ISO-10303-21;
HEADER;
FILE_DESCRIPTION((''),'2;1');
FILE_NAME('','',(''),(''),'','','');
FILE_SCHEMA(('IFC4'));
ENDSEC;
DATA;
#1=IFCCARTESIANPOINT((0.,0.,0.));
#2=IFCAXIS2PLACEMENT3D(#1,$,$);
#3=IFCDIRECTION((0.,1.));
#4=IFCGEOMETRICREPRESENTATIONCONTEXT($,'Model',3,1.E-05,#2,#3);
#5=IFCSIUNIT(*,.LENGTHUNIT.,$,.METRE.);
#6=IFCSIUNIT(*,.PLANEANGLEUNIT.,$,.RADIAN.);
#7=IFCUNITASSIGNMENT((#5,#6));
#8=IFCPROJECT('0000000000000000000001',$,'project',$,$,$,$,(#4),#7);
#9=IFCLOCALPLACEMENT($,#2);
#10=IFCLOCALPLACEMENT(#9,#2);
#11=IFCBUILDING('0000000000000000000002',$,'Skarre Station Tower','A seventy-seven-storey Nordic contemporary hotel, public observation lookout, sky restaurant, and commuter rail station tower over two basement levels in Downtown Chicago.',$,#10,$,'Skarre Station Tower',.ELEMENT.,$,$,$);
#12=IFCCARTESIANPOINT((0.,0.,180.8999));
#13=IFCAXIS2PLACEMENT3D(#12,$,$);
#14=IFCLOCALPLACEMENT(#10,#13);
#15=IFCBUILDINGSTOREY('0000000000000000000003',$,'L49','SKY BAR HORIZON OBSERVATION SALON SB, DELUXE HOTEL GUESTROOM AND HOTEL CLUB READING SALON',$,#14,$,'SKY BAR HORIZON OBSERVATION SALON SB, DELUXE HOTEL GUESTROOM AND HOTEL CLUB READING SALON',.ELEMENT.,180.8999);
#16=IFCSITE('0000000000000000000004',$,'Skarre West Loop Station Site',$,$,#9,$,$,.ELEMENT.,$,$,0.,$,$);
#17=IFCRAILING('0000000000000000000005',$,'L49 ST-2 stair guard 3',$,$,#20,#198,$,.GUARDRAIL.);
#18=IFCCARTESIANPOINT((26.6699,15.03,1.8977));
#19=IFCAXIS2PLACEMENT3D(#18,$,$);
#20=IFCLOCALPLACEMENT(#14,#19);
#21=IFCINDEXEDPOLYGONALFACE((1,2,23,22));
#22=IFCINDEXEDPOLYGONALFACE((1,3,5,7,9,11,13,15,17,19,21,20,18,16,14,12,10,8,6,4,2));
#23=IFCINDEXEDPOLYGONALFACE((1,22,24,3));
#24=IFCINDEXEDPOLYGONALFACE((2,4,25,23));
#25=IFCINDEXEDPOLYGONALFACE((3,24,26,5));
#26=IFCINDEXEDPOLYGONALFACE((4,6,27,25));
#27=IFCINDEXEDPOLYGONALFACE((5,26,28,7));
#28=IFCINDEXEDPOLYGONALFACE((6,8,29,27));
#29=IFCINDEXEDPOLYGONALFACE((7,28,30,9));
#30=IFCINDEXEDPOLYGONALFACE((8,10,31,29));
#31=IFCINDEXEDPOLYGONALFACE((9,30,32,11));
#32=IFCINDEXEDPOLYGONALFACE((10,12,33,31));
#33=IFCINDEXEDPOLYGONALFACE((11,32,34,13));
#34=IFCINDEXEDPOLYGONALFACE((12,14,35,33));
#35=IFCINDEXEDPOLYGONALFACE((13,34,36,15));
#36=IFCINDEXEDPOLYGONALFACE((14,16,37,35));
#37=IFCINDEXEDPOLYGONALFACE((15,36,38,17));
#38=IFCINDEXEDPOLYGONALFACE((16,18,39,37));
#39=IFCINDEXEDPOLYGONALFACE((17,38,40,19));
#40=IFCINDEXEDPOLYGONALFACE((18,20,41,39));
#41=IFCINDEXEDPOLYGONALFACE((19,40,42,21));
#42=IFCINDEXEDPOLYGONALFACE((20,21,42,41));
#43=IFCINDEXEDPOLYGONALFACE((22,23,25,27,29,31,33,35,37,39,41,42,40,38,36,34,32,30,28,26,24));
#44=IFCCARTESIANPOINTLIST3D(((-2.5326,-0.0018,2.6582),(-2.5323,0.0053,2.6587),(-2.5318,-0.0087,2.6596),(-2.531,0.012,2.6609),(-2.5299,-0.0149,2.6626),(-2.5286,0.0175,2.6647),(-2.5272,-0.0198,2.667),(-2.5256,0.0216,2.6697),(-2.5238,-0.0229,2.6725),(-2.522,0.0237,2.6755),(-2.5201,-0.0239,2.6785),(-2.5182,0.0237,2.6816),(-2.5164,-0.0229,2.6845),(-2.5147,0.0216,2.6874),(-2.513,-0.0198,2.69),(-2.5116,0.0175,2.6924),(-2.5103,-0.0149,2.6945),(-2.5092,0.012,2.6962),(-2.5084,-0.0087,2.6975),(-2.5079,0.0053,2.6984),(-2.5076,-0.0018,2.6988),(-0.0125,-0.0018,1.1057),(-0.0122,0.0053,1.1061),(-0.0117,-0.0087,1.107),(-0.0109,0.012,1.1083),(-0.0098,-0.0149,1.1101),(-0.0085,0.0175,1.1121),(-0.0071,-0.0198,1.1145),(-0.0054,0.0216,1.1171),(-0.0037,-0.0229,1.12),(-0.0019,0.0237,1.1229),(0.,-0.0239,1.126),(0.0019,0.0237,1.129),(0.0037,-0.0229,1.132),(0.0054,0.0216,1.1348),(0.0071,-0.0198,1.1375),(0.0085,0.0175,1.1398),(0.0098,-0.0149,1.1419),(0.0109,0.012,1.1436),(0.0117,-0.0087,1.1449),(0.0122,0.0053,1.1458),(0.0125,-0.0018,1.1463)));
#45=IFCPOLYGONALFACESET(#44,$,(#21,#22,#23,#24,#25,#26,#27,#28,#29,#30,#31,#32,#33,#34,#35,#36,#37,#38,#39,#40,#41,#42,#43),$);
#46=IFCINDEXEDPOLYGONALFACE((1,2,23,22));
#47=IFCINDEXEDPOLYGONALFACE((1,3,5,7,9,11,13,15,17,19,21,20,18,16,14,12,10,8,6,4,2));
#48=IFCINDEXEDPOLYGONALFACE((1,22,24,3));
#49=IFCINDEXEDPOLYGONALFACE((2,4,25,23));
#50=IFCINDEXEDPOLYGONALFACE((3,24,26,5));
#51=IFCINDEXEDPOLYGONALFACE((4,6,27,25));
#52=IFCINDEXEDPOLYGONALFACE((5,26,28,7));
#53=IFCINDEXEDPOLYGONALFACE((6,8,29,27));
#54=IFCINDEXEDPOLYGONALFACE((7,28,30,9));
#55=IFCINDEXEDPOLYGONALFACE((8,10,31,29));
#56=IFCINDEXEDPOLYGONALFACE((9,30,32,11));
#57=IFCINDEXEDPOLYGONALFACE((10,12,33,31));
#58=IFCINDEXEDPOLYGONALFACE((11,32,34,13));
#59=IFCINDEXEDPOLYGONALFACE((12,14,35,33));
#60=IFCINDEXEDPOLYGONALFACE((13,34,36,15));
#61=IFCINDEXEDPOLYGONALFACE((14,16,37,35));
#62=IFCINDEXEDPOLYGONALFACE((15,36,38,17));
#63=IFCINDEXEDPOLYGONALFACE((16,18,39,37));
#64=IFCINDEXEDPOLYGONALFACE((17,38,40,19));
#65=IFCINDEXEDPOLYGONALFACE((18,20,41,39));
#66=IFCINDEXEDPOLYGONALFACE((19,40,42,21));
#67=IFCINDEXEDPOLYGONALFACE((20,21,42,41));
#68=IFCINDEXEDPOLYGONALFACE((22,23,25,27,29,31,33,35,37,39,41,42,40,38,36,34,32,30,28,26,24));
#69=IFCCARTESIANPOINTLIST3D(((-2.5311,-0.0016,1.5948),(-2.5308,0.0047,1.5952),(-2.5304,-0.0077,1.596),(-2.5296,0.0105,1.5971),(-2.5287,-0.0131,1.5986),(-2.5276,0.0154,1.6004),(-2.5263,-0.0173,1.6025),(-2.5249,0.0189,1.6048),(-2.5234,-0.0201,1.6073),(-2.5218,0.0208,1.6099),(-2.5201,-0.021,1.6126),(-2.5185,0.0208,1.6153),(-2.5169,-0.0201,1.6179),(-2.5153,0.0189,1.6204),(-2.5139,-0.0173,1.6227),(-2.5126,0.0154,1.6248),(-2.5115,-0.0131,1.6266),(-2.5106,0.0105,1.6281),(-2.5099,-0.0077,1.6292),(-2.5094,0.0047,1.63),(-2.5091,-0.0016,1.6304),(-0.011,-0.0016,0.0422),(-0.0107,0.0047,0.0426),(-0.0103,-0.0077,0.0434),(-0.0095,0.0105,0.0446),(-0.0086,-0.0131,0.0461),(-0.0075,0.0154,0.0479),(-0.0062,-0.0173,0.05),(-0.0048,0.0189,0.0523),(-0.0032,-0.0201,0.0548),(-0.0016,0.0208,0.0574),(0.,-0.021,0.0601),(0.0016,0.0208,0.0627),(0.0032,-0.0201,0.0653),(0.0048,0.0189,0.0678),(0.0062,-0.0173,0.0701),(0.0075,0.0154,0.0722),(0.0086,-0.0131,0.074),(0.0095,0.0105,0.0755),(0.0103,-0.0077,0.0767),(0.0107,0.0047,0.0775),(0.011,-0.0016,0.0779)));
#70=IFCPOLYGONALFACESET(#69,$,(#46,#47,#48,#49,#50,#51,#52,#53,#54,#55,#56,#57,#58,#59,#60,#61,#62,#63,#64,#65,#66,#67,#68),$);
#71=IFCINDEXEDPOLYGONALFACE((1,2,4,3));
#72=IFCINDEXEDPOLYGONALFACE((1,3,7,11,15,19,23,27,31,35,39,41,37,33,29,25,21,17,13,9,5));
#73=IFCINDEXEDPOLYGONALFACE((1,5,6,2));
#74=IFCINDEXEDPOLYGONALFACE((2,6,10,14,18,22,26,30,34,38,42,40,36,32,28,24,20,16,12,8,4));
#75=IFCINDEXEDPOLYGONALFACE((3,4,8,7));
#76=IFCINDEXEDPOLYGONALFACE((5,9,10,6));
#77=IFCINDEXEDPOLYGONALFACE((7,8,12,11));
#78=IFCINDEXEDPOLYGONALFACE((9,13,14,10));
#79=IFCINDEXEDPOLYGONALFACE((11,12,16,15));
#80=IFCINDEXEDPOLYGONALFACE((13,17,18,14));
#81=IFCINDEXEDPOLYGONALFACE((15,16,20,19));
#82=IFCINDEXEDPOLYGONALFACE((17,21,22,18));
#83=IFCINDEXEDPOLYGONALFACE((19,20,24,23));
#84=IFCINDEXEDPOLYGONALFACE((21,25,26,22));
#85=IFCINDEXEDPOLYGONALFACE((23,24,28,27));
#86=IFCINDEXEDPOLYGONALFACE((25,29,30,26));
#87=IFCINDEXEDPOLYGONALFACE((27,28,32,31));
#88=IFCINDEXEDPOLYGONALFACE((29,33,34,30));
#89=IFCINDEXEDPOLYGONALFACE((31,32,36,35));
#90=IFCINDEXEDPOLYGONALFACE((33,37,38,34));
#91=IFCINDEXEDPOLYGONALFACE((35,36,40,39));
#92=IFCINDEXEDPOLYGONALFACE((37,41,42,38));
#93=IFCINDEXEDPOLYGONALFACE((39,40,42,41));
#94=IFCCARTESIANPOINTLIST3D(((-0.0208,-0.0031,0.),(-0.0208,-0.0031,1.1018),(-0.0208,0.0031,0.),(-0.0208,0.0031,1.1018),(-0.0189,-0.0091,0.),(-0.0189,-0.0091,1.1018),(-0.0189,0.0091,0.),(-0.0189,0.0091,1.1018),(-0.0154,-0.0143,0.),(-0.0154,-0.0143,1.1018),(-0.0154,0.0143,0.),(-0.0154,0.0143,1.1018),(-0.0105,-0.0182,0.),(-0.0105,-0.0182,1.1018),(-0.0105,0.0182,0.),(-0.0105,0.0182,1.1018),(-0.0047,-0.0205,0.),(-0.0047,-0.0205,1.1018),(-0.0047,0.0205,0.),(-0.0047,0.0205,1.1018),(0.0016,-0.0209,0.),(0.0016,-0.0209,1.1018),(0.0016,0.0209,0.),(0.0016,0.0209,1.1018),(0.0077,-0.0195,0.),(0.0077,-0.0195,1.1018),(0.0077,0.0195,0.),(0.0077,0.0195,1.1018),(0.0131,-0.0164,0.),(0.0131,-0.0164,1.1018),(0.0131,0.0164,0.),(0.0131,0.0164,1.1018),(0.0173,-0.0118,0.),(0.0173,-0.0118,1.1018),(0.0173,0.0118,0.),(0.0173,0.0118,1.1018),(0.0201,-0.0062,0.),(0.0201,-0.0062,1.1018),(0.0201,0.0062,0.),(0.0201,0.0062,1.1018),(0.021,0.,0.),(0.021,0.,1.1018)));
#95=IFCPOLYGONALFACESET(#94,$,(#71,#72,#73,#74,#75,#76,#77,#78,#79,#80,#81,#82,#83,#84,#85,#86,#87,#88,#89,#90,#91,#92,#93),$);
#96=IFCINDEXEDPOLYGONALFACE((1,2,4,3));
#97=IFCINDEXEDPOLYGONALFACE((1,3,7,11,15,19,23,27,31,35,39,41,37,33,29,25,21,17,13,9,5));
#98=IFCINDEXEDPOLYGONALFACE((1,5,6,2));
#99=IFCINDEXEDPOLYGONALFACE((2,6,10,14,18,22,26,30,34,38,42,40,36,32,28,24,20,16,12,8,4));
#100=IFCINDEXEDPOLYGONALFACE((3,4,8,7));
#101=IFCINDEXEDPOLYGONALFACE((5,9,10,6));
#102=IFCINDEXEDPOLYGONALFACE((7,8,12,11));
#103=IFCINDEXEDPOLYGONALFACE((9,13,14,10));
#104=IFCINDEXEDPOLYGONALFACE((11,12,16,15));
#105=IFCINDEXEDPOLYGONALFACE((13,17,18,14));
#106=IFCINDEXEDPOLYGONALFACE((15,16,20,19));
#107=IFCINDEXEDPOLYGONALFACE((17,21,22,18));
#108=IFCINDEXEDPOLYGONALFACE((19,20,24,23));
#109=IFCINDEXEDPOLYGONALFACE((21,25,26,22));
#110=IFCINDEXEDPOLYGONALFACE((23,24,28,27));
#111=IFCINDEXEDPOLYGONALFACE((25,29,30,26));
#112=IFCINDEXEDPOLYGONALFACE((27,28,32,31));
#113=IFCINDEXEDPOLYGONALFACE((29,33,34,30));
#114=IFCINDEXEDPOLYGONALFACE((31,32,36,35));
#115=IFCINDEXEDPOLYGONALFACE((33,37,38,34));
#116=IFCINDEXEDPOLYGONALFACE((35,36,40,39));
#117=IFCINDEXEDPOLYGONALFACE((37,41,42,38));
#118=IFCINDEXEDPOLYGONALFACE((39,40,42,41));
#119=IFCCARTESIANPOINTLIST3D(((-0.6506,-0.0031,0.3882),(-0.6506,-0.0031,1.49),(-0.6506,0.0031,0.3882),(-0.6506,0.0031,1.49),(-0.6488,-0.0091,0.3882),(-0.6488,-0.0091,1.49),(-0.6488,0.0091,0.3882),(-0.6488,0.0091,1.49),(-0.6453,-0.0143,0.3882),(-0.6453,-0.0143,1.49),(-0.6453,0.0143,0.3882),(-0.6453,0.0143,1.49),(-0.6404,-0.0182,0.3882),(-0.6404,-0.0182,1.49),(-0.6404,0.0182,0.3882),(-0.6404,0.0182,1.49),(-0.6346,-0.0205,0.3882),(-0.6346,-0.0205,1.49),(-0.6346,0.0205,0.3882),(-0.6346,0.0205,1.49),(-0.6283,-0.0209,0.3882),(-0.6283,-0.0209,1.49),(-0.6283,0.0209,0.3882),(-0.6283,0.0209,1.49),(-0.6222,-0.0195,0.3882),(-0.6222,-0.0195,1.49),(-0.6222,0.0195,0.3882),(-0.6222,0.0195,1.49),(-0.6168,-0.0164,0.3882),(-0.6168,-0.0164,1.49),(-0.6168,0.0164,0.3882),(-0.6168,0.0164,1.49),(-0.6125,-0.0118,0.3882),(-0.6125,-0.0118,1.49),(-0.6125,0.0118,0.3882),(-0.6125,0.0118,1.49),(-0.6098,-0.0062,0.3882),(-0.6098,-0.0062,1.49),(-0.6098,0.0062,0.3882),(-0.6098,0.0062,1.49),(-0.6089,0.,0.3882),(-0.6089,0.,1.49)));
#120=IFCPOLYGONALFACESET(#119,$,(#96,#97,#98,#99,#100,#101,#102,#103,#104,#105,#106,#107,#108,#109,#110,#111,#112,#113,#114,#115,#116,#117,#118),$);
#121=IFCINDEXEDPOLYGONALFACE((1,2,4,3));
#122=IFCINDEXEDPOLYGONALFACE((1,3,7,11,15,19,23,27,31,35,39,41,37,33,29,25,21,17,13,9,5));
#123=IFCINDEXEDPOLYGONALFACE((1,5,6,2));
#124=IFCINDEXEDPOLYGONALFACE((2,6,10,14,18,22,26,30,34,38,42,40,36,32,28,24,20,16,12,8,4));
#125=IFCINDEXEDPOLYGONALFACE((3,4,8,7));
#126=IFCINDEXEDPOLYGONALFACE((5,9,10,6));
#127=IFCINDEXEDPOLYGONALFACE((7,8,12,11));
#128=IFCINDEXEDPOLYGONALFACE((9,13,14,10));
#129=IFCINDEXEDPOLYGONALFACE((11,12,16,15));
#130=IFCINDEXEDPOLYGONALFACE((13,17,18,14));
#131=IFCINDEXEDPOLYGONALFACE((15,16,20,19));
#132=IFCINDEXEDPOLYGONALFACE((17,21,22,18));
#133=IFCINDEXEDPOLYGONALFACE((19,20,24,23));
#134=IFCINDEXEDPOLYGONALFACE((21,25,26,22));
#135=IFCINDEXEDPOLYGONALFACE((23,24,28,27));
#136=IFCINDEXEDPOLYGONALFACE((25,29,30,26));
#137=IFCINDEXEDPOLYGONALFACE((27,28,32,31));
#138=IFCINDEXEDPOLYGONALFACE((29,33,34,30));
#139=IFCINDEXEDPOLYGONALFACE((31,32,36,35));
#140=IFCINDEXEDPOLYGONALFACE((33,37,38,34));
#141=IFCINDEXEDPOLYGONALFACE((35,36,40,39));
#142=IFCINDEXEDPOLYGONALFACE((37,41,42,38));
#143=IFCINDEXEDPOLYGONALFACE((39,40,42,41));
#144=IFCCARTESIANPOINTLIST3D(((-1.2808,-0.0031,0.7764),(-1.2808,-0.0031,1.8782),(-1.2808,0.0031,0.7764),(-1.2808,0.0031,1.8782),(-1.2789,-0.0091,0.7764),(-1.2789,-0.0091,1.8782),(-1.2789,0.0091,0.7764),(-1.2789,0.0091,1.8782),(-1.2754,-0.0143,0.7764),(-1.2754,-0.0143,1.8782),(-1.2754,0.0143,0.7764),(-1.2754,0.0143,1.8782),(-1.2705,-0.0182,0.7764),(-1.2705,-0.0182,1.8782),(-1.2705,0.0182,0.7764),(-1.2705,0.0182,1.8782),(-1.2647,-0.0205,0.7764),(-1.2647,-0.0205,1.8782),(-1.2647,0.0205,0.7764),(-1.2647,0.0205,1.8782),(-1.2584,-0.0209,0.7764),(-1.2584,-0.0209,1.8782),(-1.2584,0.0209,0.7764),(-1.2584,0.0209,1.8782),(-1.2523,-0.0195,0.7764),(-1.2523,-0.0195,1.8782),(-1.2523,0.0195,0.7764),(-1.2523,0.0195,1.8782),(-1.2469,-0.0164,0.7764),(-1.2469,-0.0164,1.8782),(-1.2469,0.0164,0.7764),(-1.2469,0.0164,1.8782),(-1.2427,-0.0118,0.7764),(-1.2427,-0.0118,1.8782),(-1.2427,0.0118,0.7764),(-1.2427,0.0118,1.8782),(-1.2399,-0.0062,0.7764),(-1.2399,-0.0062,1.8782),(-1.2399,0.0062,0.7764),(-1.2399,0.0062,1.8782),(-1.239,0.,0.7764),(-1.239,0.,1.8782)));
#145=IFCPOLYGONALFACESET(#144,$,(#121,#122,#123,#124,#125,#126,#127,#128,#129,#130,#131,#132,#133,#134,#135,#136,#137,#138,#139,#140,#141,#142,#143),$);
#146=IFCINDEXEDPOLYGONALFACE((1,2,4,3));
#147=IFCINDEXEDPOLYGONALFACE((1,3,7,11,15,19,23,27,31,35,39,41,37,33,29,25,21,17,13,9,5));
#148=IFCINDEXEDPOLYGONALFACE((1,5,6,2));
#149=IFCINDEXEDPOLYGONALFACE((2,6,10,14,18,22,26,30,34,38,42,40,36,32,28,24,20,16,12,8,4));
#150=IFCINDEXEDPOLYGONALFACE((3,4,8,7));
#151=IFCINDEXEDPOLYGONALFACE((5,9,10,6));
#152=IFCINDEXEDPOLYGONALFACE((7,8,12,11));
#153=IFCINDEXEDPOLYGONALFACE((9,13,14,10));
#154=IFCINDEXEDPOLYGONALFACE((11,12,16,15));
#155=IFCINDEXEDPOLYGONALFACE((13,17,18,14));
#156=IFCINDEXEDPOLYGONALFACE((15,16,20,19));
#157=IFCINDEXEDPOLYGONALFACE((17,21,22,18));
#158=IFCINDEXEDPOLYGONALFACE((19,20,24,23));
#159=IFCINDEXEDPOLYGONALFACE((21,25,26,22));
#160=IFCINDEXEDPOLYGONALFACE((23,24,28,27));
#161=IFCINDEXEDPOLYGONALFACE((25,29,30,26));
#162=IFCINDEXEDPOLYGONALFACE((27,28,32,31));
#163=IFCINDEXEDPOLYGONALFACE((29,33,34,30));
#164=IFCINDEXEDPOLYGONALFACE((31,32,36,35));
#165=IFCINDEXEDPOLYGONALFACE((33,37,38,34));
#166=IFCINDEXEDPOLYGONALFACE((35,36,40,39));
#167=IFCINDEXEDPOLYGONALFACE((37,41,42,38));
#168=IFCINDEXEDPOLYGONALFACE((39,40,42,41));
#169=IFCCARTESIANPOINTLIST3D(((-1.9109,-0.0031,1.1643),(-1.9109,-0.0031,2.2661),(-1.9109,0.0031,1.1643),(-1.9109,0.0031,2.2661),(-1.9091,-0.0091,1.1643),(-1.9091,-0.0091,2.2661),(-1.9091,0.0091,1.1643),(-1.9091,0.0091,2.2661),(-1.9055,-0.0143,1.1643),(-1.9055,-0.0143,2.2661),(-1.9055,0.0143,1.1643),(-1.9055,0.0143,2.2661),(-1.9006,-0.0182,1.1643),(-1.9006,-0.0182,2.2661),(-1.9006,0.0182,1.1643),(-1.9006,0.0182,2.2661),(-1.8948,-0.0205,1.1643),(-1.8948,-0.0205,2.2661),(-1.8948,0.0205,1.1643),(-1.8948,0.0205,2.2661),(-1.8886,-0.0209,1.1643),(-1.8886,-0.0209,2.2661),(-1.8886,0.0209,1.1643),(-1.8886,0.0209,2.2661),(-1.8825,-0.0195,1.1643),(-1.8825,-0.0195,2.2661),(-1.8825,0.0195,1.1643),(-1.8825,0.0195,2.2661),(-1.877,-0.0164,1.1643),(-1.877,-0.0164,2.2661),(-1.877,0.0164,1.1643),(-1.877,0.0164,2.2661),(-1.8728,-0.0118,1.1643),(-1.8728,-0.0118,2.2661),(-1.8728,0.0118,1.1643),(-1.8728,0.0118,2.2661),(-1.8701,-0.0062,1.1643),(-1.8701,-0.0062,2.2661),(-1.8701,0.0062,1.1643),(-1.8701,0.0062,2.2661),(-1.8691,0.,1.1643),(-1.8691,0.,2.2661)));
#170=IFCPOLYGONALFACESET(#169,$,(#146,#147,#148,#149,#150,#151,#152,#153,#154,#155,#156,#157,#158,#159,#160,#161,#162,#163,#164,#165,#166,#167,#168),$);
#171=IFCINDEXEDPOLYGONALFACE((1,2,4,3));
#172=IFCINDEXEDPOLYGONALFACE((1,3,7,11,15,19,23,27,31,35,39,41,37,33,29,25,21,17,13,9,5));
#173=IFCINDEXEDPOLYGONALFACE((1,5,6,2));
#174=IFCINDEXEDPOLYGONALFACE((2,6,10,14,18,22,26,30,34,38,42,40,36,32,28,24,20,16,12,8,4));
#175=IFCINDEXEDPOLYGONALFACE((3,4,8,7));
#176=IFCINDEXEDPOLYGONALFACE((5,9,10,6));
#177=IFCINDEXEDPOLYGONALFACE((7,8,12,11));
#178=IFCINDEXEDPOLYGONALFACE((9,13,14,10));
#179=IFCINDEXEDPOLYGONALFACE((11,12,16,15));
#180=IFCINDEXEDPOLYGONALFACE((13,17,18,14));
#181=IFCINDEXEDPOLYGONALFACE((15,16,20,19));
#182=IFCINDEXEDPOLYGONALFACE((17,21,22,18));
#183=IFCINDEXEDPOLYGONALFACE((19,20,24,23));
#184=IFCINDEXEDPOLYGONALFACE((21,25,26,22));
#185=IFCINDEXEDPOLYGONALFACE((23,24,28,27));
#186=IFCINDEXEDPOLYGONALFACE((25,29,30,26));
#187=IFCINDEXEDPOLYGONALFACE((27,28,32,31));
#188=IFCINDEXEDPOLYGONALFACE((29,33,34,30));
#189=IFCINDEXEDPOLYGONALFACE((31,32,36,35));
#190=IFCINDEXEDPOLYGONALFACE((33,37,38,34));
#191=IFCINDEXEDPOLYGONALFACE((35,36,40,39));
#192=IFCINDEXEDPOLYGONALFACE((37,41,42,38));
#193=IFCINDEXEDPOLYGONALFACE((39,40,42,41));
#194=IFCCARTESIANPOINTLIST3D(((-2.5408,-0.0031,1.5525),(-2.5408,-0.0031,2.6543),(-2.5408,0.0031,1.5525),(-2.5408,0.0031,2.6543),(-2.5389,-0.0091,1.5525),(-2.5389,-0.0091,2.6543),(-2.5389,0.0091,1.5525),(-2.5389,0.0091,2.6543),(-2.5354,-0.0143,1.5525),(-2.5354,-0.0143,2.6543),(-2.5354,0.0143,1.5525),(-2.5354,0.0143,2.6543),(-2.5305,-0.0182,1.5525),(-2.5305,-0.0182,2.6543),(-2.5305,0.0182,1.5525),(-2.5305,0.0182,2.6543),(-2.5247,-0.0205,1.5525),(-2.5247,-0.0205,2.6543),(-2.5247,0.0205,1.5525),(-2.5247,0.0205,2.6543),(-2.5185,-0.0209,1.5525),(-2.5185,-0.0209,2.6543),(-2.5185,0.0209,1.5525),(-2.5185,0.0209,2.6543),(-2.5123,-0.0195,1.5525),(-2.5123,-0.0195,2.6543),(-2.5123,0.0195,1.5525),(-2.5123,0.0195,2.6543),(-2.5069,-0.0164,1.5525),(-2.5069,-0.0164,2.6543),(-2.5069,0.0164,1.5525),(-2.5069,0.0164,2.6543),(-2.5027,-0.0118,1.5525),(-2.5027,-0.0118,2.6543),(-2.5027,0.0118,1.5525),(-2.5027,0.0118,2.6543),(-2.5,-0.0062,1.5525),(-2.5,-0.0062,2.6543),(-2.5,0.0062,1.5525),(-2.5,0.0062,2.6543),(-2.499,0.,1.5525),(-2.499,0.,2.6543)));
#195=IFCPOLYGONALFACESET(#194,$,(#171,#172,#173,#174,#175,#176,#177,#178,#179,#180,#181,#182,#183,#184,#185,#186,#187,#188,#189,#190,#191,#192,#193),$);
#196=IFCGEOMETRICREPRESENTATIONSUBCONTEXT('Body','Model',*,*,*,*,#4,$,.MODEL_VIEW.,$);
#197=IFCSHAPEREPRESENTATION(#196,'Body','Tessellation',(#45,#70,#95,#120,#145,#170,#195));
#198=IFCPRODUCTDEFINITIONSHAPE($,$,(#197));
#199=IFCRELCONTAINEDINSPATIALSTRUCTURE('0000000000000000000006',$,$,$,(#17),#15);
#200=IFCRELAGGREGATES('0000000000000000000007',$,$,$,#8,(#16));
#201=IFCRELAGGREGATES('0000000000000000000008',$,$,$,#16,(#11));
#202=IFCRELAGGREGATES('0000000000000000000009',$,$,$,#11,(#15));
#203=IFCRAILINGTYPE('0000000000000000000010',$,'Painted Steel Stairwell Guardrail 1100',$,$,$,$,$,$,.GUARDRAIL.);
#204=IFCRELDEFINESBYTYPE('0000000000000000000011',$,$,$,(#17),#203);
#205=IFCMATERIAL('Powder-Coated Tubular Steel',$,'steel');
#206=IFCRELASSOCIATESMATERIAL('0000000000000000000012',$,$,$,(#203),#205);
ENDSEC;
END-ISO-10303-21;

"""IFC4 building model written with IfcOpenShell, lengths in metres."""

from ifc_helpers import new_model, si_unit, direction, frame, origin, origin_2d, place, context, subcontext, project, spatial, circle, extrude, material, type_object, element, save


model = new_model("IFC4")

# Units and contexts
model_context = context("Model", 3, precision=1e-05, world=origin(), true_north=direction((0.0, 1.0)))
body_context = subcontext(model_context, "Body", "Model", "MODEL_VIEW")
ifc_project = project(units=[si_unit("LENGTHUNIT", "METRE"), si_unit("PLANEANGLEUNIT", "RADIAN")], contexts=[model_context])

# Site, building, storey
site_placement = place(None, origin())
site = spatial("IfcSite", under=ifc_project, at=site_placement, Name="Skarre West Loop Station Site", CompositionType="ELEMENT", RefElevation=0.0)
building_placement = place(site_placement, origin())
building = spatial("IfcBuilding", under=site, at=building_placement, Name="Skarre Station Tower", Description="A seventy-seven-storey Nordic contemporary hotel, public observation lookout, sky restaurant, and commuter rail station tower over two basement levels in Downtown Chicago.", LongName="Skarre Station Tower", CompositionType="ELEMENT")
storey_placement = place(building_placement, frame((0.0, 0.0, 180.8999)))
storey = spatial("IfcBuildingStorey", under=building, at=storey_placement, Name="L49", Description="SKY BAR HORIZON OBSERVATION SALON SB, DELUXE HOTEL GUESTROOM AND HOTEL CLUB READING SALON", LongName="SKY BAR HORIZON OBSERVATION SALON SB, DELUXE HOTEL GUESTROOM AND HOTEL CLUB READING SALON", CompositionType="ELEMENT", Elevation=180.8999)

# Railing
ifc_material_1 = material(Name="Powder-Coated Tubular Steel", Category="steel")
railing_type_1 = type_object("IfcRailingType", Name="Painted Steel Stairwell Guardrail 1100", PredefinedType="GUARDRAIL", material=ifc_material_1)
railing_1_placement = place(storey_placement, frame((26.6699, 15.03, 1.8977)))
element("IfcRailing", 1, at=railing_1_placement, inside=storey, type_object=railing_type_1, Name="L49 ST-2 stair guard 3", PredefinedType="GUARDRAIL", context=body_context, shape_type="SweptSolid", body=[
    extrude(circle(Radius=0.0239, at=origin_2d()), frame((0.0, 0.0, 1.126), z_axis=(-0.8514, 0.0, 0.524516), x_axis=(0.0, -1.0, 0.0)), (0.0, 0.0, 1.0), 2.96),
    extrude(circle(Radius=0.021, at=origin_2d()), frame((0.0, 0.0, 0.0601), z_axis=(-0.8514, 0.0, 0.524516), x_axis=(0.0, -1.0, 0.0)), (0.0, 0.0, 1.0), 2.96),
    extrude(circle(Radius=0.021, at=origin_2d()), origin(), (0.0, 0.0, 1.0), 1.1018),
    extrude(circle(Radius=0.021, at=origin_2d()), frame((-0.6299, 0.0, 0.3882)), (0.0, 0.0, 1.0), 1.1018),
    extrude(circle(Radius=0.021, at=origin_2d()), frame((-1.26, 0.0, 0.7764)), (0.0, 0.0, 1.0), 1.1018),
    extrude(circle(Radius=0.021, at=origin_2d()), frame((-1.8901, 0.0, 1.1643)), (0.0, 0.0, 1.0), 1.1018),
    extrude(circle(Radius=0.021, at=origin_2d()), frame((-2.52, 0.0, 1.5525)), (0.0, 0.0, 1.0), 1.1018),
])

save(model, "model.ifc")
